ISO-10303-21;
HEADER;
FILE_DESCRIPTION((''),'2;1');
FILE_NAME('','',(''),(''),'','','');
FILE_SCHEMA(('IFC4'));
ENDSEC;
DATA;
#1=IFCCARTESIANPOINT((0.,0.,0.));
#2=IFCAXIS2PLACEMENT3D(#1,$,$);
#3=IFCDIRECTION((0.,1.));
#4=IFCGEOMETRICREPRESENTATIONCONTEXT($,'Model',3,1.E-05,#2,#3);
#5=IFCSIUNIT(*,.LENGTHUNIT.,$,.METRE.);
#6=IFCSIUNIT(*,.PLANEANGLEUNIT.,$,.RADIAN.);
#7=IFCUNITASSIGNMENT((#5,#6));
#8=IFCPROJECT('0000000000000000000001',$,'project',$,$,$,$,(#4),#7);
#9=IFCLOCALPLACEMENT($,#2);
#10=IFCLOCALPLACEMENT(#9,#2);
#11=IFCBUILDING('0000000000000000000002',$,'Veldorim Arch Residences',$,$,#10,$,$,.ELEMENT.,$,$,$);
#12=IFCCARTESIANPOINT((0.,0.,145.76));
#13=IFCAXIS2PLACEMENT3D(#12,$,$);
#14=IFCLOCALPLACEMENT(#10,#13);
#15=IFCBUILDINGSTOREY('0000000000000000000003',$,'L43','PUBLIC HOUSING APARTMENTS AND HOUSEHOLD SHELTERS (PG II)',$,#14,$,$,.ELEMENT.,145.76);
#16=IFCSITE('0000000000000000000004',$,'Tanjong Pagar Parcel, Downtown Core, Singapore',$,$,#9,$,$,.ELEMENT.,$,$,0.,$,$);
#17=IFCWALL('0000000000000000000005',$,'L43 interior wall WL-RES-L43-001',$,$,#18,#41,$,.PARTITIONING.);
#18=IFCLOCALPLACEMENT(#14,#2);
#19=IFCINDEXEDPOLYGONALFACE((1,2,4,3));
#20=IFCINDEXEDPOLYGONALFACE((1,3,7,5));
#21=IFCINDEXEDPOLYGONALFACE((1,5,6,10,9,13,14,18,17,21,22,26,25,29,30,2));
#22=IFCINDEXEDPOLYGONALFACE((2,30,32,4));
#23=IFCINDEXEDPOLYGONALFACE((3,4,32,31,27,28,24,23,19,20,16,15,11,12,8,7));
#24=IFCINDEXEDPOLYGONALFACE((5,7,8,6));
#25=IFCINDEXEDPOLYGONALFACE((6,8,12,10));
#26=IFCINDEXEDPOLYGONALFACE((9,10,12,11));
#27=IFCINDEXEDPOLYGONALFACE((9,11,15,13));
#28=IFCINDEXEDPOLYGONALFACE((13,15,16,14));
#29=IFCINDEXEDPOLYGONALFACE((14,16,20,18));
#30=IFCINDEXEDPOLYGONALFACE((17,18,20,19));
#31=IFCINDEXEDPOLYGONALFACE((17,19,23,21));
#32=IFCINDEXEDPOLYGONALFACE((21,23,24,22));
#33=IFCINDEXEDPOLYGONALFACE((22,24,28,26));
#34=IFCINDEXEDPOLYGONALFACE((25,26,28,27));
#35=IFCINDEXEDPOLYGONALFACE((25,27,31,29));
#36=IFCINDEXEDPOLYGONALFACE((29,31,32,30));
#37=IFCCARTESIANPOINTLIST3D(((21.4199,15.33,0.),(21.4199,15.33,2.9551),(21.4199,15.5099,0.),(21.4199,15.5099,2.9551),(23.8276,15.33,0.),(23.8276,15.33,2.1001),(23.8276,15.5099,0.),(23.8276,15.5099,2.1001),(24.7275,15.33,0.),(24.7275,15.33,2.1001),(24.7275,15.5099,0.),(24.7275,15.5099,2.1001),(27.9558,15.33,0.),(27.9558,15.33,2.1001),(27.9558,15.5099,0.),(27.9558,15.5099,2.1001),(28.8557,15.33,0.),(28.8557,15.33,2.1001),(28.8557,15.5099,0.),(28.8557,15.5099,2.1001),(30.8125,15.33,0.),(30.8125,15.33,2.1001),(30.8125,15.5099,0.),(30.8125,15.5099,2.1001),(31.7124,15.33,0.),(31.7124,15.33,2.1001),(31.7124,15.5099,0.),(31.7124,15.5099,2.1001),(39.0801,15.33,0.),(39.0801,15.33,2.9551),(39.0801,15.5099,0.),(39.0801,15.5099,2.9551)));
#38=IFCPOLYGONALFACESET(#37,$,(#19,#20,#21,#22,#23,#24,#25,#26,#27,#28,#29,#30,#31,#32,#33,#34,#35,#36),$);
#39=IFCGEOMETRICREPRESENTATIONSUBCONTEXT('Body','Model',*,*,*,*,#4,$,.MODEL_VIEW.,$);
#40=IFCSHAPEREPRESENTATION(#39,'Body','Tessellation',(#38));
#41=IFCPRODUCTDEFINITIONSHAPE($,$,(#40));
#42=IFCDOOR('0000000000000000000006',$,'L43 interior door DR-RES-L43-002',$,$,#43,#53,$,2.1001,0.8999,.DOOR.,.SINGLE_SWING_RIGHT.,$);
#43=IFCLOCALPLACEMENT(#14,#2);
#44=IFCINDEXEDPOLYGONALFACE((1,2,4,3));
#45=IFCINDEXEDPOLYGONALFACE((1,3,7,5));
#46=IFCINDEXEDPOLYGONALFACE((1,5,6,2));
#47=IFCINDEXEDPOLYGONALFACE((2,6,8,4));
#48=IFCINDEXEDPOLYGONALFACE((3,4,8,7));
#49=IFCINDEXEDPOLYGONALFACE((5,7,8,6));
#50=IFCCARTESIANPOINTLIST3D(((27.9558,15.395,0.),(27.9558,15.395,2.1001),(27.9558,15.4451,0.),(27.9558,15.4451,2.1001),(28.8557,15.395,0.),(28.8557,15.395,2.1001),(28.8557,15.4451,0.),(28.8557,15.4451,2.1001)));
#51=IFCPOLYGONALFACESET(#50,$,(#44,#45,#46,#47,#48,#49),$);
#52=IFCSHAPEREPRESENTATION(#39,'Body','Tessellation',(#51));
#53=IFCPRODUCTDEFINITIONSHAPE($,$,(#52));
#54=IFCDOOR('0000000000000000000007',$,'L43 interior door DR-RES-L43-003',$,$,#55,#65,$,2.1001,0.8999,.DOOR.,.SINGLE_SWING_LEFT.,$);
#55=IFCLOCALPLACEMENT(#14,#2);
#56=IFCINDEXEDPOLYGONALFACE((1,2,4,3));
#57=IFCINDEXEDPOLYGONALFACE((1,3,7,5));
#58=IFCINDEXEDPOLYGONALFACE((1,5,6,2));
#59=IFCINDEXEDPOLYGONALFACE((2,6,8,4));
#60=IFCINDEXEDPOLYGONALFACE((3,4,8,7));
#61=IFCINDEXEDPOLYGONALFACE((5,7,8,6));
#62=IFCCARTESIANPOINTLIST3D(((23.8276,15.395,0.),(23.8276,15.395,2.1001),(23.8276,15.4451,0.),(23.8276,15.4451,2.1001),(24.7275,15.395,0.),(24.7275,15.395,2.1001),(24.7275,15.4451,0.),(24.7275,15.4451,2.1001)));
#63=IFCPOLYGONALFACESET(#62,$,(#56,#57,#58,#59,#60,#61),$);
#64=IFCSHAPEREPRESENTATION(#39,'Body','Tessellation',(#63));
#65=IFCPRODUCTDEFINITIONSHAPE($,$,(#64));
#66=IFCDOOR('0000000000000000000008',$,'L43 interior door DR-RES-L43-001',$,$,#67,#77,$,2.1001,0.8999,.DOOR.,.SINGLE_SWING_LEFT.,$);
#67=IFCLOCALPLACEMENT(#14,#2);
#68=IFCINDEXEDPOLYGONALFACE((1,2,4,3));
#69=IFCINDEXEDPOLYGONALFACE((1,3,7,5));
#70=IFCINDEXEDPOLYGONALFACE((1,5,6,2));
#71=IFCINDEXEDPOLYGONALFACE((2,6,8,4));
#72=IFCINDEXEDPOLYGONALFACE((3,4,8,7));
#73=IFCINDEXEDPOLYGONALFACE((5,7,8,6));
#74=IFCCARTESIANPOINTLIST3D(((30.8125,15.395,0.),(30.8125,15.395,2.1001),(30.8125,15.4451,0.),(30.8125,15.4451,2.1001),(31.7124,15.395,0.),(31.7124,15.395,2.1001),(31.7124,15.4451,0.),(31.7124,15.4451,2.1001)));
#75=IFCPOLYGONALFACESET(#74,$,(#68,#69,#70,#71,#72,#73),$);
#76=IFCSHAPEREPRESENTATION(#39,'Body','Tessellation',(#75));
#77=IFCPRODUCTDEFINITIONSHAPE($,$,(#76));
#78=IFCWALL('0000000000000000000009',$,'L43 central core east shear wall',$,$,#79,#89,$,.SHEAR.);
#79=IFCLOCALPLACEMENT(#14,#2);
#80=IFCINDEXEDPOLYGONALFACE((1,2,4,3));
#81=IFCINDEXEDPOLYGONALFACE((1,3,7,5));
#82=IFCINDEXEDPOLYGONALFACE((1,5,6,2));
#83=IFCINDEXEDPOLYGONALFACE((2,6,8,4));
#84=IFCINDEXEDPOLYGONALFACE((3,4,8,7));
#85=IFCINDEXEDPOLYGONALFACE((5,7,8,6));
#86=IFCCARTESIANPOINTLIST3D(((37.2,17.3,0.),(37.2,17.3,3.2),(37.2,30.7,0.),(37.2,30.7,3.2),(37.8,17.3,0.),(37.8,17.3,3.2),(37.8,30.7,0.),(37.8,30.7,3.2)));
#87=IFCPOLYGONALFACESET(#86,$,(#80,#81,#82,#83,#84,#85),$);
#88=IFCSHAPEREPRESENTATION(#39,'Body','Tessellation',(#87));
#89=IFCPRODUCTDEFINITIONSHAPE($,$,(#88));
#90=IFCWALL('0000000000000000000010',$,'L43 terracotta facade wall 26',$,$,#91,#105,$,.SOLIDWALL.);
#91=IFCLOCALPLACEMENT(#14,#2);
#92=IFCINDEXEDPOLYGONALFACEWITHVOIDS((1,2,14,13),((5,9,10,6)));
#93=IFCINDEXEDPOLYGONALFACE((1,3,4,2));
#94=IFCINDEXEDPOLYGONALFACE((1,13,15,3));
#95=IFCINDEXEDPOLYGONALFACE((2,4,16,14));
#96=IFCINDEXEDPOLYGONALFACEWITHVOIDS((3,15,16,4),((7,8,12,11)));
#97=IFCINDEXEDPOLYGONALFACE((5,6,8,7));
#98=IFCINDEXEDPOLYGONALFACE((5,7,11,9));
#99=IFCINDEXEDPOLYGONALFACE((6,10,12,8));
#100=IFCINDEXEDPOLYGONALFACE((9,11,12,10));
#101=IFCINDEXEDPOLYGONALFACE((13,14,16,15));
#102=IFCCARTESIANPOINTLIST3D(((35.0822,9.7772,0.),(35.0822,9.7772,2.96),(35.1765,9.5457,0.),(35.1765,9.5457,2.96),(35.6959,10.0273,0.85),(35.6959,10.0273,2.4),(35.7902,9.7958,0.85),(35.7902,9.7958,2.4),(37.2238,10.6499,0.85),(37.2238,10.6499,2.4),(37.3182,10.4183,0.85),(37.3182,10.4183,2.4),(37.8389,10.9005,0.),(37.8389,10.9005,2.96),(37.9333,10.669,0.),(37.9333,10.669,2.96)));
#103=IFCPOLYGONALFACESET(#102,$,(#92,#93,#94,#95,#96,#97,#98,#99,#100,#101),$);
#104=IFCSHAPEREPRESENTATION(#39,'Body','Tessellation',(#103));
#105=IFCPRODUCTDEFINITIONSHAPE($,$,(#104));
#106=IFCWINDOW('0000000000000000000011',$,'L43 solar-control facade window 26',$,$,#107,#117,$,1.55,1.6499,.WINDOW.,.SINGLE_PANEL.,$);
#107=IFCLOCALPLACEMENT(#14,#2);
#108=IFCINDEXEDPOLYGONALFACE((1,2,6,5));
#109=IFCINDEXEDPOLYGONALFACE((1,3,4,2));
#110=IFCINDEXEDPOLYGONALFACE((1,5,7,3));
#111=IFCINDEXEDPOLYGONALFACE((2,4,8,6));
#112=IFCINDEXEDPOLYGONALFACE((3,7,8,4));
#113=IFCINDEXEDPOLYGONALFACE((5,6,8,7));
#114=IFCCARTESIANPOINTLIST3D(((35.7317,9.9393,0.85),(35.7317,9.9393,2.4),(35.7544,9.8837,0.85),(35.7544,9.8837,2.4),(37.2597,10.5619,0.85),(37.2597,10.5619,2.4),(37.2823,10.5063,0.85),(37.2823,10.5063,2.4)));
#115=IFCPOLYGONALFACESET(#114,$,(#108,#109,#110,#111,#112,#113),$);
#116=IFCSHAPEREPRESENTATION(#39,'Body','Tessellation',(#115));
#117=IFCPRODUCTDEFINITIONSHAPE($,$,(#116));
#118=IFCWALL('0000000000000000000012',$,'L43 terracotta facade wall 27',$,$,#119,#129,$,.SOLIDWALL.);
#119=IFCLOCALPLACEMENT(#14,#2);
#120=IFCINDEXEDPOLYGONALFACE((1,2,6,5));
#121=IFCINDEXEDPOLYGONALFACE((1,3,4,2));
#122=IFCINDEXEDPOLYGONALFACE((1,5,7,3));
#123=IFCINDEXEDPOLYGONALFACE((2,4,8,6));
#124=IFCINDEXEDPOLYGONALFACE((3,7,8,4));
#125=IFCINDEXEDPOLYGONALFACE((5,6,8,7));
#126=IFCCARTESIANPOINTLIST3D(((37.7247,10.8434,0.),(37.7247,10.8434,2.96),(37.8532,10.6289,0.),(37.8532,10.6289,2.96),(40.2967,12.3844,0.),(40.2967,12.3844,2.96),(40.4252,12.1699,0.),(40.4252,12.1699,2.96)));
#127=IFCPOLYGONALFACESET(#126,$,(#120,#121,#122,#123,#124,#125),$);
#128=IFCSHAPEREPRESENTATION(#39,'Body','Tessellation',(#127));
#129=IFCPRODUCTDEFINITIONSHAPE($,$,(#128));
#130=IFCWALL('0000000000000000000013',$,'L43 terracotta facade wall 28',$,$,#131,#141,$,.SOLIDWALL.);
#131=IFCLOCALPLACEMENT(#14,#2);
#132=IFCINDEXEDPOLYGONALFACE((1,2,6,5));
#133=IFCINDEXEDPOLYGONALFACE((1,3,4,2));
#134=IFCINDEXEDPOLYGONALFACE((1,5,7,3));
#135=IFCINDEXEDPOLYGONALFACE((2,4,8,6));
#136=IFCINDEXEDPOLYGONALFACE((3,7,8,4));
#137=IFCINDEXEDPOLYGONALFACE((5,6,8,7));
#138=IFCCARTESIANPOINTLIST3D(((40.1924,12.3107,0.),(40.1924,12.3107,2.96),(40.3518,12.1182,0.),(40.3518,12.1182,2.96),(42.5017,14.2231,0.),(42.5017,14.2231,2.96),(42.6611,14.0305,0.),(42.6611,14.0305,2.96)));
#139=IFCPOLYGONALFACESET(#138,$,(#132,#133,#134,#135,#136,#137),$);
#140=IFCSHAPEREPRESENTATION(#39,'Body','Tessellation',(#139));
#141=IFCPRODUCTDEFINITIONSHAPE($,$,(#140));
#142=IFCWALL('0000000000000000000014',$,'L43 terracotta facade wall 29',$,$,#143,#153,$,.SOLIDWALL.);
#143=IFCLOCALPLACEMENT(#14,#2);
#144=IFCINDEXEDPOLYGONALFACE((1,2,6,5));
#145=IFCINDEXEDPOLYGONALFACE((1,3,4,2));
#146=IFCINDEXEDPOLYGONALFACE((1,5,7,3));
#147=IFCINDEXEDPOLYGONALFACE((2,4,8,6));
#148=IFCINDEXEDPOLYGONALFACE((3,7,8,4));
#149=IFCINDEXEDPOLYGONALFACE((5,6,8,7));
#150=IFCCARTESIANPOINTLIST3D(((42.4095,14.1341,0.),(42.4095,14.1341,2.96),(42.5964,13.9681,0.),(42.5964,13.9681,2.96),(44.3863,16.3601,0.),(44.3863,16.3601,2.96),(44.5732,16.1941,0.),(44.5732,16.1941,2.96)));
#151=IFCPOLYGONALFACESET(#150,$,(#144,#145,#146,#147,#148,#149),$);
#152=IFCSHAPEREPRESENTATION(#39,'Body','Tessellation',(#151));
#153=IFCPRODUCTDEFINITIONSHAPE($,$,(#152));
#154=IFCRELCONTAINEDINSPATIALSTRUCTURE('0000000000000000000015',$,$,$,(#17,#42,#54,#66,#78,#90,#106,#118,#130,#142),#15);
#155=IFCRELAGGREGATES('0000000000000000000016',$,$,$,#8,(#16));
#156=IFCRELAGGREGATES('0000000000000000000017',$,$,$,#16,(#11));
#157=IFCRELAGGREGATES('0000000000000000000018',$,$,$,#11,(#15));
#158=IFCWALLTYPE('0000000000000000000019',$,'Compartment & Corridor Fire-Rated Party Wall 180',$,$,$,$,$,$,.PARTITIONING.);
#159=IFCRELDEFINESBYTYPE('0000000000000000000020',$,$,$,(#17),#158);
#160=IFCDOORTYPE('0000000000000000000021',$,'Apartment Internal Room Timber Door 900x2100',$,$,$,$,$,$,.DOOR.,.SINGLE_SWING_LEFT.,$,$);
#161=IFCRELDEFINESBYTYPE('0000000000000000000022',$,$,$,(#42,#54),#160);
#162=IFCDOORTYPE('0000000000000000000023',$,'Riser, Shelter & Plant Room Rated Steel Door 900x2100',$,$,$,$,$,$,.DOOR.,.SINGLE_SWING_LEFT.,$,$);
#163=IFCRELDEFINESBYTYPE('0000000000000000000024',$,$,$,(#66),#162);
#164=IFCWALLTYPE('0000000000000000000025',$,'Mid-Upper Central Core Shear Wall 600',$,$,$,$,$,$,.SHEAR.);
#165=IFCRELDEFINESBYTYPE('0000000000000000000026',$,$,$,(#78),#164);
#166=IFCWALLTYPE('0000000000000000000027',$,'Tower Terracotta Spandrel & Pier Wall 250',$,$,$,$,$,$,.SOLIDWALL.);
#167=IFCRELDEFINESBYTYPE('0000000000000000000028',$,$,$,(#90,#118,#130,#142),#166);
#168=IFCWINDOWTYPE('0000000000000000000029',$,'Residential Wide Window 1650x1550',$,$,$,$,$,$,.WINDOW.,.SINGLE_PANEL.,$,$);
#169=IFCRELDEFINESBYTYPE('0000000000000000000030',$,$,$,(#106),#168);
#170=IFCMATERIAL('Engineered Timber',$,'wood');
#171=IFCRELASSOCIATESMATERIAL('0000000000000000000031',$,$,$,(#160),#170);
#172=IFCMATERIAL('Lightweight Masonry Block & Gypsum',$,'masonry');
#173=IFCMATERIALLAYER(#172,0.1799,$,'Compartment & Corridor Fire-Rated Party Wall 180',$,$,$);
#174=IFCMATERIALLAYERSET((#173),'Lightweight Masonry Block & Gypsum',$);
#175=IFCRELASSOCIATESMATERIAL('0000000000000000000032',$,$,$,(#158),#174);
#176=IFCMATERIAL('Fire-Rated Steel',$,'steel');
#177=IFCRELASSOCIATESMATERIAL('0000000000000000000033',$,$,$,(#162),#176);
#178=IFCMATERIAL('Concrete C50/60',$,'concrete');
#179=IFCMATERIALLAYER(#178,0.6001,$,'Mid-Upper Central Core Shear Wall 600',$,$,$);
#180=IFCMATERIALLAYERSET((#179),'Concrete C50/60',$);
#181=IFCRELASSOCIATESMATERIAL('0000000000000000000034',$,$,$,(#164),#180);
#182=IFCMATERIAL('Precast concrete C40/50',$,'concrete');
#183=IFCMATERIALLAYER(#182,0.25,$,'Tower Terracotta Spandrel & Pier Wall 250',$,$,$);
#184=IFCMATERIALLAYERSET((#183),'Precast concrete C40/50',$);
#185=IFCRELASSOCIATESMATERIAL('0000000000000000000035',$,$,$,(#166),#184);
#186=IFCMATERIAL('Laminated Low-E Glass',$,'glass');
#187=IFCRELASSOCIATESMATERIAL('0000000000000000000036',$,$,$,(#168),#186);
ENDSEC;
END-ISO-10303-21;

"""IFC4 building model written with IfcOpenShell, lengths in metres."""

from ifc_helpers import new_model, si_unit, direction, frame, frame_2d, origin, place, context, subcontext, project, spatial, rectangle, extrude, material, layer, layer_set, type_object, element, fill, save


model = new_model("IFC4")

# Units and contexts
model_context = context("Model", 3, precision=1e-05, world=origin(), true_north=direction((0.0, 1.0)))
body_context = subcontext(model_context, "Body", "Model", "MODEL_VIEW")
ifc_project = project(units=[si_unit("LENGTHUNIT", "METRE"), si_unit("PLANEANGLEUNIT", "RADIAN")], contexts=[model_context])

# Site, building, storey
site_placement = place(None, origin())
site = spatial("IfcSite", under=ifc_project, at=site_placement, Name="Tanjong Pagar Parcel, Downtown Core, Singapore", CompositionType="ELEMENT", RefElevation=0.0)
building_placement = place(site_placement, origin())
building = spatial("IfcBuilding", under=site, at=building_placement, Name="Veldorim Arch Residences", CompositionType="ELEMENT")
storey_placement = place(building_placement, frame((0.0, 0.0, 145.76)))
storey = spatial("IfcBuildingStorey", under=building, at=storey_placement, Name="L43", Description="PUBLIC HOUSING APARTMENTS AND HOUSEHOLD SHELTERS (PG II)", CompositionType="ELEMENT", Elevation=145.76)

# Shared definitions
ifc_material_1 = material(Name="Engineered Timber", Category="wood")
door_type_1 = type_object("IfcDoorType", Name="Apartment Internal Room Timber Door 900x2100", OperationType="SINGLE_SWING_LEFT", PredefinedType="DOOR", material=ifc_material_1)

# Shared definitions
ifc_material_2 = material(Name="Lightweight Masonry Block & Gypsum", Category="masonry")
ifc_layer_1 = layer(ifc_material_2, 0.1799, Name="Compartment & Corridor Fire-Rated Party Wall 180")
ifc_layer_set_1 = layer_set([ifc_layer_1], Name="Lightweight Masonry Block & Gypsum")
wall_type_1 = type_object("IfcWallType", Name="Compartment & Corridor Fire-Rated Party Wall 180", PredefinedType="PARTITIONING", material=ifc_layer_set_1)

# Wall, openings, doors
wall_1_placement = place(storey_placement, frame((39.0801, 15.4199, 0.0), z_axis=(0.0, 0.0, 1.0), x_axis=(-1.0, 0.0, 0.0)))
wall_1 = element("IfcWall", 1, at=wall_1_placement, inside=storey, type_object=wall_type_1, Name="L43 interior wall WL-RES-L43-001", PredefinedType="PARTITIONING", context=body_context, shape_type="SweptSolid", body=[
    extrude(rectangle(XDim=17.6602, YDim=0.1799, at=frame_2d((8.8301, 0.0))), origin(), (0.0, 0.0, 1.0), 2.9551),
])
opening_1_placement = place(wall_1_placement, frame((7.3677, 0.0, 0.0)))
opening_1 = element("IfcOpeningElement", 2, at=opening_1_placement, cuts=wall_1, PredefinedType="OPENING", context=body_context, shape_type="SweptSolid", body=[
    extrude(rectangle(XDim=0.8999, YDim=2.1001, at=frame_2d((0.45, 1.05))), frame((0.0, 0.0999, 0.0), z_axis=(0.0, -1.0, 0.0), x_axis=(1.0, 0.0, 0.0)), (0.0, 0.0, 1.0), 0.2),
])
opening_2_placement = place(wall_1_placement, frame((10.2244, 0.0, 0.0)))
opening_2 = element("IfcOpeningElement", 3, at=opening_2_placement, cuts=wall_1, PredefinedType="OPENING", context=body_context, shape_type="SweptSolid", body=[
    extrude(rectangle(XDim=0.8999, YDim=2.1001, at=frame_2d((0.45, 1.05))), frame((0.0, 0.0999, 0.0), z_axis=(0.0, -1.0, 0.0), x_axis=(1.0, 0.0, 0.0)), (0.0, 0.0, 1.0), 0.2),
])
opening_3_placement = place(wall_1_placement, frame((14.3525, 0.0, 0.0)))
opening_3 = element("IfcOpeningElement", 4, at=opening_3_placement, cuts=wall_1, PredefinedType="OPENING", context=body_context, shape_type="SweptSolid", body=[
    extrude(rectangle(XDim=0.8999, YDim=2.1001, at=frame_2d((0.45, 1.05))), frame((0.0, 0.0999, 0.0), z_axis=(0.0, -1.0, 0.0), x_axis=(1.0, 0.0, 0.0)), (0.0, 0.0, 1.0), 0.2),
])
door_1_placement = place(opening_2_placement, origin())
door_1 = element("IfcDoor", 5, at=door_1_placement, inside=storey, type_object=door_type_1, Name="L43 interior door DR-RES-L43-002", OperationType="SINGLE_SWING_RIGHT", OverallHeight=2.1001, OverallWidth=0.8999, PredefinedType="DOOR", context=body_context, shape_type="SweptSolid", body=[
    extrude(rectangle(XDim=0.8999, YDim=2.1001, at=frame_2d((0.45, 1.05))), frame((0.0, 0.0249, 0.0), z_axis=(0.0, -1.0, 0.0), x_axis=(1.0, 0.0, 0.0)), (0.0, 0.0, 1.0), 0.05),
])
fill(opening_2, door_1)
door_2_placement = place(opening_3_placement, origin())
door_2 = element("IfcDoor", 6, at=door_2_placement, inside=storey, type_object=door_type_1, Name="L43 interior door DR-RES-L43-003", OperationType="SINGLE_SWING_LEFT", OverallHeight=2.1001, OverallWidth=0.8999, PredefinedType="DOOR", context=body_context, shape_type="SweptSolid", body=[
    extrude(rectangle(XDim=0.8999, YDim=2.1001, at=frame_2d((0.45, 1.05))), frame((0.0, 0.0249, 0.0), z_axis=(0.0, -1.0, 0.0), x_axis=(1.0, 0.0, 0.0)), (0.0, 0.0, 1.0), 0.05),
])
fill(opening_3, door_2)
ifc_material_3 = material(Name="Fire-Rated Steel", Category="steel")
door_type_2 = type_object("IfcDoorType", Name="Riser, Shelter & Plant Room Rated Steel Door 900x2100", OperationType="SINGLE_SWING_LEFT", PredefinedType="DOOR", material=ifc_material_3)
door_3_placement = place(opening_1_placement, origin())
door_3 = element("IfcDoor", 7, at=door_3_placement, inside=storey, type_object=door_type_2, Name="L43 interior door DR-RES-L43-001", OperationType="SINGLE_SWING_LEFT", OverallHeight=2.1001, OverallWidth=0.8999, PredefinedType="DOOR", context=body_context, shape_type="SweptSolid", body=[
    extrude(rectangle(XDim=0.8999, YDim=2.1001, at=frame_2d((0.45, 1.05))), frame((0.0, 0.0249, 0.0), z_axis=(0.0, -1.0, 0.0), x_axis=(1.0, 0.0, 0.0)), (0.0, 0.0, 1.0), 0.05),
])
fill(opening_1, door_3)

# Wall
ifc_material_4 = material(Name="Concrete C50/60", Category="concrete")
ifc_layer_2 = layer(ifc_material_4, 0.6001, Name="Mid-Upper Central Core Shear Wall 600")
ifc_layer_set_2 = layer_set([ifc_layer_2], Name="Concrete C50/60")
wall_type_2 = type_object("IfcWallType", Name="Mid-Upper Central Core Shear Wall 600", PredefinedType="SHEAR", material=ifc_layer_set_2)
wall_2_placement = place(storey_placement, frame((37.5, 17.3, 0.0), z_axis=(0.0, 0.0, 1.0), x_axis=(0.0, 1.0, 0.0)))
element("IfcWall", 8, at=wall_2_placement, inside=storey, type_object=wall_type_2, Name="L43 central core east shear wall", PredefinedType="SHEAR", context=body_context, shape_type="SweptSolid", body=[
    extrude(rectangle(XDim=13.3999, YDim=0.6001, at=frame_2d((6.7, 0.0))), origin(), (0.0, 0.0, 1.0), 3.2),
])

# Wall, opening, window
ifc_material_5 = material(Name="Precast concrete C40/50", Category="concrete")
ifc_layer_3 = layer(ifc_material_5, 0.25, Name="Tower Terracotta Spandrel & Pier Wall 250")
ifc_layer_set_3 = layer_set([ifc_layer_3], Name="Precast concrete C40/50")
wall_type_3 = type_object("IfcWallType", Name="Tower Terracotta Spandrel & Pier Wall 250", PredefinedType="SOLIDWALL", material=ifc_layer_set_3)
wall_3_placement = place(storey_placement, frame((37.886, 10.7847, 0.0), z_axis=(0.0, 0.0, 1.0), x_axis=(-0.926076, -0.377336, 0.0)))
wall_3 = element("IfcWall", 9, at=wall_3_placement, inside=storey, type_object=wall_type_3, Name="L43 terracotta facade wall 26", PredefinedType="SOLIDWALL", context=body_context, shape_type="SweptSolid", body=[
    extrude(rectangle(XDim=2.9768, YDim=0.25, at=frame_2d((1.4883, 0.0))), origin(), (0.0, 0.0, 1.0), 2.96),
])
opening_4_placement = place(wall_3_placement, frame((0.6641, 0.0, 0.8501)))
opening_4 = element("IfcOpeningElement", 10, at=opening_4_placement, cuts=wall_3, PredefinedType="OPENING", context=body_context, shape_type="SweptSolid", body=[
    extrude(rectangle(XDim=1.6499, YDim=1.55, at=frame_2d((0.825, 0.7749))), frame((0.0, 0.135, 0.0), z_axis=(0.0, -1.0, 0.0), x_axis=(1.0, 0.0, 0.0)), (0.0, 0.0, 1.0), 0.27),
])
ifc_material_6 = material(Name="Laminated Low-E Glass", Category="glass")
window_type = type_object("IfcWindowType", Name="Residential Wide Window 1650x1550", PartitioningType="SINGLE_PANEL", PredefinedType="WINDOW", material=ifc_material_6)
window_placement = place(opening_4_placement, origin())
window = element("IfcWindow", 11, at=window_placement, inside=storey, type_object=window_type, Name="L43 solar-control facade window 26", OverallHeight=1.55, OverallWidth=1.6499, PartitioningType="SINGLE_PANEL", PredefinedType="WINDOW", context=body_context, shape_type="SweptSolid", body=[
    extrude(rectangle(XDim=1.6499, YDim=1.55, at=frame_2d((0.825, 0.7749))), frame((0.0, 0.03, 0.0), z_axis=(0.0, -1.0, 0.0), x_axis=(1.0, 0.0, 0.0)), (0.0, 0.0, 1.0), 0.0601),
])
fill(opening_4, window)

# Walls
for number, where, z_axis, x_axis, name in (
    (12, (40.3608, 12.2771, 0.0), (0.0, 0.0, 1.0), (-0.857816, -0.513957, 0.0), "L43 terracotta facade wall 27"),
    (13, (42.5813, 14.1267, 0.0), (0.0, 0.0, 1.0), (-0.7702, -0.637803, 0.0), "L43 terracotta facade wall 28"),
):
    element("IfcWall", number, at=place(storey_placement, frame(where, z_axis=z_axis, x_axis=x_axis)), inside=storey, type_object=wall_type_3, Name=name, PredefinedType="SOLIDWALL", context=body_context, shape_type="SweptSolid", body=[
        extrude(rectangle(XDim=2.9983, YDim=0.25, at=frame_2d((1.499, 0.0))), origin(), (0.0, 0.0, 1.0), 2.96),
    ])
wall_4_placement = place(storey_placement, frame((44.4797, 16.2771, 0.0), z_axis=(0.0, 0.0, 1.0), x_axis=(-0.664002, -0.74773, 0.0)))
element("IfcWall", 14, at=wall_4_placement, inside=storey, type_object=wall_type_3, Name="L43 terracotta facade wall 29", PredefinedType="SOLIDWALL", context=body_context, shape_type="SweptSolid", body=[
    extrude(rectangle(XDim=2.9771, YDim=0.25, at=frame_2d((1.4885, 0.0))), origin(), (0.0, 0.0, 1.0), 2.96),
])

save(model, "model.ifc")
